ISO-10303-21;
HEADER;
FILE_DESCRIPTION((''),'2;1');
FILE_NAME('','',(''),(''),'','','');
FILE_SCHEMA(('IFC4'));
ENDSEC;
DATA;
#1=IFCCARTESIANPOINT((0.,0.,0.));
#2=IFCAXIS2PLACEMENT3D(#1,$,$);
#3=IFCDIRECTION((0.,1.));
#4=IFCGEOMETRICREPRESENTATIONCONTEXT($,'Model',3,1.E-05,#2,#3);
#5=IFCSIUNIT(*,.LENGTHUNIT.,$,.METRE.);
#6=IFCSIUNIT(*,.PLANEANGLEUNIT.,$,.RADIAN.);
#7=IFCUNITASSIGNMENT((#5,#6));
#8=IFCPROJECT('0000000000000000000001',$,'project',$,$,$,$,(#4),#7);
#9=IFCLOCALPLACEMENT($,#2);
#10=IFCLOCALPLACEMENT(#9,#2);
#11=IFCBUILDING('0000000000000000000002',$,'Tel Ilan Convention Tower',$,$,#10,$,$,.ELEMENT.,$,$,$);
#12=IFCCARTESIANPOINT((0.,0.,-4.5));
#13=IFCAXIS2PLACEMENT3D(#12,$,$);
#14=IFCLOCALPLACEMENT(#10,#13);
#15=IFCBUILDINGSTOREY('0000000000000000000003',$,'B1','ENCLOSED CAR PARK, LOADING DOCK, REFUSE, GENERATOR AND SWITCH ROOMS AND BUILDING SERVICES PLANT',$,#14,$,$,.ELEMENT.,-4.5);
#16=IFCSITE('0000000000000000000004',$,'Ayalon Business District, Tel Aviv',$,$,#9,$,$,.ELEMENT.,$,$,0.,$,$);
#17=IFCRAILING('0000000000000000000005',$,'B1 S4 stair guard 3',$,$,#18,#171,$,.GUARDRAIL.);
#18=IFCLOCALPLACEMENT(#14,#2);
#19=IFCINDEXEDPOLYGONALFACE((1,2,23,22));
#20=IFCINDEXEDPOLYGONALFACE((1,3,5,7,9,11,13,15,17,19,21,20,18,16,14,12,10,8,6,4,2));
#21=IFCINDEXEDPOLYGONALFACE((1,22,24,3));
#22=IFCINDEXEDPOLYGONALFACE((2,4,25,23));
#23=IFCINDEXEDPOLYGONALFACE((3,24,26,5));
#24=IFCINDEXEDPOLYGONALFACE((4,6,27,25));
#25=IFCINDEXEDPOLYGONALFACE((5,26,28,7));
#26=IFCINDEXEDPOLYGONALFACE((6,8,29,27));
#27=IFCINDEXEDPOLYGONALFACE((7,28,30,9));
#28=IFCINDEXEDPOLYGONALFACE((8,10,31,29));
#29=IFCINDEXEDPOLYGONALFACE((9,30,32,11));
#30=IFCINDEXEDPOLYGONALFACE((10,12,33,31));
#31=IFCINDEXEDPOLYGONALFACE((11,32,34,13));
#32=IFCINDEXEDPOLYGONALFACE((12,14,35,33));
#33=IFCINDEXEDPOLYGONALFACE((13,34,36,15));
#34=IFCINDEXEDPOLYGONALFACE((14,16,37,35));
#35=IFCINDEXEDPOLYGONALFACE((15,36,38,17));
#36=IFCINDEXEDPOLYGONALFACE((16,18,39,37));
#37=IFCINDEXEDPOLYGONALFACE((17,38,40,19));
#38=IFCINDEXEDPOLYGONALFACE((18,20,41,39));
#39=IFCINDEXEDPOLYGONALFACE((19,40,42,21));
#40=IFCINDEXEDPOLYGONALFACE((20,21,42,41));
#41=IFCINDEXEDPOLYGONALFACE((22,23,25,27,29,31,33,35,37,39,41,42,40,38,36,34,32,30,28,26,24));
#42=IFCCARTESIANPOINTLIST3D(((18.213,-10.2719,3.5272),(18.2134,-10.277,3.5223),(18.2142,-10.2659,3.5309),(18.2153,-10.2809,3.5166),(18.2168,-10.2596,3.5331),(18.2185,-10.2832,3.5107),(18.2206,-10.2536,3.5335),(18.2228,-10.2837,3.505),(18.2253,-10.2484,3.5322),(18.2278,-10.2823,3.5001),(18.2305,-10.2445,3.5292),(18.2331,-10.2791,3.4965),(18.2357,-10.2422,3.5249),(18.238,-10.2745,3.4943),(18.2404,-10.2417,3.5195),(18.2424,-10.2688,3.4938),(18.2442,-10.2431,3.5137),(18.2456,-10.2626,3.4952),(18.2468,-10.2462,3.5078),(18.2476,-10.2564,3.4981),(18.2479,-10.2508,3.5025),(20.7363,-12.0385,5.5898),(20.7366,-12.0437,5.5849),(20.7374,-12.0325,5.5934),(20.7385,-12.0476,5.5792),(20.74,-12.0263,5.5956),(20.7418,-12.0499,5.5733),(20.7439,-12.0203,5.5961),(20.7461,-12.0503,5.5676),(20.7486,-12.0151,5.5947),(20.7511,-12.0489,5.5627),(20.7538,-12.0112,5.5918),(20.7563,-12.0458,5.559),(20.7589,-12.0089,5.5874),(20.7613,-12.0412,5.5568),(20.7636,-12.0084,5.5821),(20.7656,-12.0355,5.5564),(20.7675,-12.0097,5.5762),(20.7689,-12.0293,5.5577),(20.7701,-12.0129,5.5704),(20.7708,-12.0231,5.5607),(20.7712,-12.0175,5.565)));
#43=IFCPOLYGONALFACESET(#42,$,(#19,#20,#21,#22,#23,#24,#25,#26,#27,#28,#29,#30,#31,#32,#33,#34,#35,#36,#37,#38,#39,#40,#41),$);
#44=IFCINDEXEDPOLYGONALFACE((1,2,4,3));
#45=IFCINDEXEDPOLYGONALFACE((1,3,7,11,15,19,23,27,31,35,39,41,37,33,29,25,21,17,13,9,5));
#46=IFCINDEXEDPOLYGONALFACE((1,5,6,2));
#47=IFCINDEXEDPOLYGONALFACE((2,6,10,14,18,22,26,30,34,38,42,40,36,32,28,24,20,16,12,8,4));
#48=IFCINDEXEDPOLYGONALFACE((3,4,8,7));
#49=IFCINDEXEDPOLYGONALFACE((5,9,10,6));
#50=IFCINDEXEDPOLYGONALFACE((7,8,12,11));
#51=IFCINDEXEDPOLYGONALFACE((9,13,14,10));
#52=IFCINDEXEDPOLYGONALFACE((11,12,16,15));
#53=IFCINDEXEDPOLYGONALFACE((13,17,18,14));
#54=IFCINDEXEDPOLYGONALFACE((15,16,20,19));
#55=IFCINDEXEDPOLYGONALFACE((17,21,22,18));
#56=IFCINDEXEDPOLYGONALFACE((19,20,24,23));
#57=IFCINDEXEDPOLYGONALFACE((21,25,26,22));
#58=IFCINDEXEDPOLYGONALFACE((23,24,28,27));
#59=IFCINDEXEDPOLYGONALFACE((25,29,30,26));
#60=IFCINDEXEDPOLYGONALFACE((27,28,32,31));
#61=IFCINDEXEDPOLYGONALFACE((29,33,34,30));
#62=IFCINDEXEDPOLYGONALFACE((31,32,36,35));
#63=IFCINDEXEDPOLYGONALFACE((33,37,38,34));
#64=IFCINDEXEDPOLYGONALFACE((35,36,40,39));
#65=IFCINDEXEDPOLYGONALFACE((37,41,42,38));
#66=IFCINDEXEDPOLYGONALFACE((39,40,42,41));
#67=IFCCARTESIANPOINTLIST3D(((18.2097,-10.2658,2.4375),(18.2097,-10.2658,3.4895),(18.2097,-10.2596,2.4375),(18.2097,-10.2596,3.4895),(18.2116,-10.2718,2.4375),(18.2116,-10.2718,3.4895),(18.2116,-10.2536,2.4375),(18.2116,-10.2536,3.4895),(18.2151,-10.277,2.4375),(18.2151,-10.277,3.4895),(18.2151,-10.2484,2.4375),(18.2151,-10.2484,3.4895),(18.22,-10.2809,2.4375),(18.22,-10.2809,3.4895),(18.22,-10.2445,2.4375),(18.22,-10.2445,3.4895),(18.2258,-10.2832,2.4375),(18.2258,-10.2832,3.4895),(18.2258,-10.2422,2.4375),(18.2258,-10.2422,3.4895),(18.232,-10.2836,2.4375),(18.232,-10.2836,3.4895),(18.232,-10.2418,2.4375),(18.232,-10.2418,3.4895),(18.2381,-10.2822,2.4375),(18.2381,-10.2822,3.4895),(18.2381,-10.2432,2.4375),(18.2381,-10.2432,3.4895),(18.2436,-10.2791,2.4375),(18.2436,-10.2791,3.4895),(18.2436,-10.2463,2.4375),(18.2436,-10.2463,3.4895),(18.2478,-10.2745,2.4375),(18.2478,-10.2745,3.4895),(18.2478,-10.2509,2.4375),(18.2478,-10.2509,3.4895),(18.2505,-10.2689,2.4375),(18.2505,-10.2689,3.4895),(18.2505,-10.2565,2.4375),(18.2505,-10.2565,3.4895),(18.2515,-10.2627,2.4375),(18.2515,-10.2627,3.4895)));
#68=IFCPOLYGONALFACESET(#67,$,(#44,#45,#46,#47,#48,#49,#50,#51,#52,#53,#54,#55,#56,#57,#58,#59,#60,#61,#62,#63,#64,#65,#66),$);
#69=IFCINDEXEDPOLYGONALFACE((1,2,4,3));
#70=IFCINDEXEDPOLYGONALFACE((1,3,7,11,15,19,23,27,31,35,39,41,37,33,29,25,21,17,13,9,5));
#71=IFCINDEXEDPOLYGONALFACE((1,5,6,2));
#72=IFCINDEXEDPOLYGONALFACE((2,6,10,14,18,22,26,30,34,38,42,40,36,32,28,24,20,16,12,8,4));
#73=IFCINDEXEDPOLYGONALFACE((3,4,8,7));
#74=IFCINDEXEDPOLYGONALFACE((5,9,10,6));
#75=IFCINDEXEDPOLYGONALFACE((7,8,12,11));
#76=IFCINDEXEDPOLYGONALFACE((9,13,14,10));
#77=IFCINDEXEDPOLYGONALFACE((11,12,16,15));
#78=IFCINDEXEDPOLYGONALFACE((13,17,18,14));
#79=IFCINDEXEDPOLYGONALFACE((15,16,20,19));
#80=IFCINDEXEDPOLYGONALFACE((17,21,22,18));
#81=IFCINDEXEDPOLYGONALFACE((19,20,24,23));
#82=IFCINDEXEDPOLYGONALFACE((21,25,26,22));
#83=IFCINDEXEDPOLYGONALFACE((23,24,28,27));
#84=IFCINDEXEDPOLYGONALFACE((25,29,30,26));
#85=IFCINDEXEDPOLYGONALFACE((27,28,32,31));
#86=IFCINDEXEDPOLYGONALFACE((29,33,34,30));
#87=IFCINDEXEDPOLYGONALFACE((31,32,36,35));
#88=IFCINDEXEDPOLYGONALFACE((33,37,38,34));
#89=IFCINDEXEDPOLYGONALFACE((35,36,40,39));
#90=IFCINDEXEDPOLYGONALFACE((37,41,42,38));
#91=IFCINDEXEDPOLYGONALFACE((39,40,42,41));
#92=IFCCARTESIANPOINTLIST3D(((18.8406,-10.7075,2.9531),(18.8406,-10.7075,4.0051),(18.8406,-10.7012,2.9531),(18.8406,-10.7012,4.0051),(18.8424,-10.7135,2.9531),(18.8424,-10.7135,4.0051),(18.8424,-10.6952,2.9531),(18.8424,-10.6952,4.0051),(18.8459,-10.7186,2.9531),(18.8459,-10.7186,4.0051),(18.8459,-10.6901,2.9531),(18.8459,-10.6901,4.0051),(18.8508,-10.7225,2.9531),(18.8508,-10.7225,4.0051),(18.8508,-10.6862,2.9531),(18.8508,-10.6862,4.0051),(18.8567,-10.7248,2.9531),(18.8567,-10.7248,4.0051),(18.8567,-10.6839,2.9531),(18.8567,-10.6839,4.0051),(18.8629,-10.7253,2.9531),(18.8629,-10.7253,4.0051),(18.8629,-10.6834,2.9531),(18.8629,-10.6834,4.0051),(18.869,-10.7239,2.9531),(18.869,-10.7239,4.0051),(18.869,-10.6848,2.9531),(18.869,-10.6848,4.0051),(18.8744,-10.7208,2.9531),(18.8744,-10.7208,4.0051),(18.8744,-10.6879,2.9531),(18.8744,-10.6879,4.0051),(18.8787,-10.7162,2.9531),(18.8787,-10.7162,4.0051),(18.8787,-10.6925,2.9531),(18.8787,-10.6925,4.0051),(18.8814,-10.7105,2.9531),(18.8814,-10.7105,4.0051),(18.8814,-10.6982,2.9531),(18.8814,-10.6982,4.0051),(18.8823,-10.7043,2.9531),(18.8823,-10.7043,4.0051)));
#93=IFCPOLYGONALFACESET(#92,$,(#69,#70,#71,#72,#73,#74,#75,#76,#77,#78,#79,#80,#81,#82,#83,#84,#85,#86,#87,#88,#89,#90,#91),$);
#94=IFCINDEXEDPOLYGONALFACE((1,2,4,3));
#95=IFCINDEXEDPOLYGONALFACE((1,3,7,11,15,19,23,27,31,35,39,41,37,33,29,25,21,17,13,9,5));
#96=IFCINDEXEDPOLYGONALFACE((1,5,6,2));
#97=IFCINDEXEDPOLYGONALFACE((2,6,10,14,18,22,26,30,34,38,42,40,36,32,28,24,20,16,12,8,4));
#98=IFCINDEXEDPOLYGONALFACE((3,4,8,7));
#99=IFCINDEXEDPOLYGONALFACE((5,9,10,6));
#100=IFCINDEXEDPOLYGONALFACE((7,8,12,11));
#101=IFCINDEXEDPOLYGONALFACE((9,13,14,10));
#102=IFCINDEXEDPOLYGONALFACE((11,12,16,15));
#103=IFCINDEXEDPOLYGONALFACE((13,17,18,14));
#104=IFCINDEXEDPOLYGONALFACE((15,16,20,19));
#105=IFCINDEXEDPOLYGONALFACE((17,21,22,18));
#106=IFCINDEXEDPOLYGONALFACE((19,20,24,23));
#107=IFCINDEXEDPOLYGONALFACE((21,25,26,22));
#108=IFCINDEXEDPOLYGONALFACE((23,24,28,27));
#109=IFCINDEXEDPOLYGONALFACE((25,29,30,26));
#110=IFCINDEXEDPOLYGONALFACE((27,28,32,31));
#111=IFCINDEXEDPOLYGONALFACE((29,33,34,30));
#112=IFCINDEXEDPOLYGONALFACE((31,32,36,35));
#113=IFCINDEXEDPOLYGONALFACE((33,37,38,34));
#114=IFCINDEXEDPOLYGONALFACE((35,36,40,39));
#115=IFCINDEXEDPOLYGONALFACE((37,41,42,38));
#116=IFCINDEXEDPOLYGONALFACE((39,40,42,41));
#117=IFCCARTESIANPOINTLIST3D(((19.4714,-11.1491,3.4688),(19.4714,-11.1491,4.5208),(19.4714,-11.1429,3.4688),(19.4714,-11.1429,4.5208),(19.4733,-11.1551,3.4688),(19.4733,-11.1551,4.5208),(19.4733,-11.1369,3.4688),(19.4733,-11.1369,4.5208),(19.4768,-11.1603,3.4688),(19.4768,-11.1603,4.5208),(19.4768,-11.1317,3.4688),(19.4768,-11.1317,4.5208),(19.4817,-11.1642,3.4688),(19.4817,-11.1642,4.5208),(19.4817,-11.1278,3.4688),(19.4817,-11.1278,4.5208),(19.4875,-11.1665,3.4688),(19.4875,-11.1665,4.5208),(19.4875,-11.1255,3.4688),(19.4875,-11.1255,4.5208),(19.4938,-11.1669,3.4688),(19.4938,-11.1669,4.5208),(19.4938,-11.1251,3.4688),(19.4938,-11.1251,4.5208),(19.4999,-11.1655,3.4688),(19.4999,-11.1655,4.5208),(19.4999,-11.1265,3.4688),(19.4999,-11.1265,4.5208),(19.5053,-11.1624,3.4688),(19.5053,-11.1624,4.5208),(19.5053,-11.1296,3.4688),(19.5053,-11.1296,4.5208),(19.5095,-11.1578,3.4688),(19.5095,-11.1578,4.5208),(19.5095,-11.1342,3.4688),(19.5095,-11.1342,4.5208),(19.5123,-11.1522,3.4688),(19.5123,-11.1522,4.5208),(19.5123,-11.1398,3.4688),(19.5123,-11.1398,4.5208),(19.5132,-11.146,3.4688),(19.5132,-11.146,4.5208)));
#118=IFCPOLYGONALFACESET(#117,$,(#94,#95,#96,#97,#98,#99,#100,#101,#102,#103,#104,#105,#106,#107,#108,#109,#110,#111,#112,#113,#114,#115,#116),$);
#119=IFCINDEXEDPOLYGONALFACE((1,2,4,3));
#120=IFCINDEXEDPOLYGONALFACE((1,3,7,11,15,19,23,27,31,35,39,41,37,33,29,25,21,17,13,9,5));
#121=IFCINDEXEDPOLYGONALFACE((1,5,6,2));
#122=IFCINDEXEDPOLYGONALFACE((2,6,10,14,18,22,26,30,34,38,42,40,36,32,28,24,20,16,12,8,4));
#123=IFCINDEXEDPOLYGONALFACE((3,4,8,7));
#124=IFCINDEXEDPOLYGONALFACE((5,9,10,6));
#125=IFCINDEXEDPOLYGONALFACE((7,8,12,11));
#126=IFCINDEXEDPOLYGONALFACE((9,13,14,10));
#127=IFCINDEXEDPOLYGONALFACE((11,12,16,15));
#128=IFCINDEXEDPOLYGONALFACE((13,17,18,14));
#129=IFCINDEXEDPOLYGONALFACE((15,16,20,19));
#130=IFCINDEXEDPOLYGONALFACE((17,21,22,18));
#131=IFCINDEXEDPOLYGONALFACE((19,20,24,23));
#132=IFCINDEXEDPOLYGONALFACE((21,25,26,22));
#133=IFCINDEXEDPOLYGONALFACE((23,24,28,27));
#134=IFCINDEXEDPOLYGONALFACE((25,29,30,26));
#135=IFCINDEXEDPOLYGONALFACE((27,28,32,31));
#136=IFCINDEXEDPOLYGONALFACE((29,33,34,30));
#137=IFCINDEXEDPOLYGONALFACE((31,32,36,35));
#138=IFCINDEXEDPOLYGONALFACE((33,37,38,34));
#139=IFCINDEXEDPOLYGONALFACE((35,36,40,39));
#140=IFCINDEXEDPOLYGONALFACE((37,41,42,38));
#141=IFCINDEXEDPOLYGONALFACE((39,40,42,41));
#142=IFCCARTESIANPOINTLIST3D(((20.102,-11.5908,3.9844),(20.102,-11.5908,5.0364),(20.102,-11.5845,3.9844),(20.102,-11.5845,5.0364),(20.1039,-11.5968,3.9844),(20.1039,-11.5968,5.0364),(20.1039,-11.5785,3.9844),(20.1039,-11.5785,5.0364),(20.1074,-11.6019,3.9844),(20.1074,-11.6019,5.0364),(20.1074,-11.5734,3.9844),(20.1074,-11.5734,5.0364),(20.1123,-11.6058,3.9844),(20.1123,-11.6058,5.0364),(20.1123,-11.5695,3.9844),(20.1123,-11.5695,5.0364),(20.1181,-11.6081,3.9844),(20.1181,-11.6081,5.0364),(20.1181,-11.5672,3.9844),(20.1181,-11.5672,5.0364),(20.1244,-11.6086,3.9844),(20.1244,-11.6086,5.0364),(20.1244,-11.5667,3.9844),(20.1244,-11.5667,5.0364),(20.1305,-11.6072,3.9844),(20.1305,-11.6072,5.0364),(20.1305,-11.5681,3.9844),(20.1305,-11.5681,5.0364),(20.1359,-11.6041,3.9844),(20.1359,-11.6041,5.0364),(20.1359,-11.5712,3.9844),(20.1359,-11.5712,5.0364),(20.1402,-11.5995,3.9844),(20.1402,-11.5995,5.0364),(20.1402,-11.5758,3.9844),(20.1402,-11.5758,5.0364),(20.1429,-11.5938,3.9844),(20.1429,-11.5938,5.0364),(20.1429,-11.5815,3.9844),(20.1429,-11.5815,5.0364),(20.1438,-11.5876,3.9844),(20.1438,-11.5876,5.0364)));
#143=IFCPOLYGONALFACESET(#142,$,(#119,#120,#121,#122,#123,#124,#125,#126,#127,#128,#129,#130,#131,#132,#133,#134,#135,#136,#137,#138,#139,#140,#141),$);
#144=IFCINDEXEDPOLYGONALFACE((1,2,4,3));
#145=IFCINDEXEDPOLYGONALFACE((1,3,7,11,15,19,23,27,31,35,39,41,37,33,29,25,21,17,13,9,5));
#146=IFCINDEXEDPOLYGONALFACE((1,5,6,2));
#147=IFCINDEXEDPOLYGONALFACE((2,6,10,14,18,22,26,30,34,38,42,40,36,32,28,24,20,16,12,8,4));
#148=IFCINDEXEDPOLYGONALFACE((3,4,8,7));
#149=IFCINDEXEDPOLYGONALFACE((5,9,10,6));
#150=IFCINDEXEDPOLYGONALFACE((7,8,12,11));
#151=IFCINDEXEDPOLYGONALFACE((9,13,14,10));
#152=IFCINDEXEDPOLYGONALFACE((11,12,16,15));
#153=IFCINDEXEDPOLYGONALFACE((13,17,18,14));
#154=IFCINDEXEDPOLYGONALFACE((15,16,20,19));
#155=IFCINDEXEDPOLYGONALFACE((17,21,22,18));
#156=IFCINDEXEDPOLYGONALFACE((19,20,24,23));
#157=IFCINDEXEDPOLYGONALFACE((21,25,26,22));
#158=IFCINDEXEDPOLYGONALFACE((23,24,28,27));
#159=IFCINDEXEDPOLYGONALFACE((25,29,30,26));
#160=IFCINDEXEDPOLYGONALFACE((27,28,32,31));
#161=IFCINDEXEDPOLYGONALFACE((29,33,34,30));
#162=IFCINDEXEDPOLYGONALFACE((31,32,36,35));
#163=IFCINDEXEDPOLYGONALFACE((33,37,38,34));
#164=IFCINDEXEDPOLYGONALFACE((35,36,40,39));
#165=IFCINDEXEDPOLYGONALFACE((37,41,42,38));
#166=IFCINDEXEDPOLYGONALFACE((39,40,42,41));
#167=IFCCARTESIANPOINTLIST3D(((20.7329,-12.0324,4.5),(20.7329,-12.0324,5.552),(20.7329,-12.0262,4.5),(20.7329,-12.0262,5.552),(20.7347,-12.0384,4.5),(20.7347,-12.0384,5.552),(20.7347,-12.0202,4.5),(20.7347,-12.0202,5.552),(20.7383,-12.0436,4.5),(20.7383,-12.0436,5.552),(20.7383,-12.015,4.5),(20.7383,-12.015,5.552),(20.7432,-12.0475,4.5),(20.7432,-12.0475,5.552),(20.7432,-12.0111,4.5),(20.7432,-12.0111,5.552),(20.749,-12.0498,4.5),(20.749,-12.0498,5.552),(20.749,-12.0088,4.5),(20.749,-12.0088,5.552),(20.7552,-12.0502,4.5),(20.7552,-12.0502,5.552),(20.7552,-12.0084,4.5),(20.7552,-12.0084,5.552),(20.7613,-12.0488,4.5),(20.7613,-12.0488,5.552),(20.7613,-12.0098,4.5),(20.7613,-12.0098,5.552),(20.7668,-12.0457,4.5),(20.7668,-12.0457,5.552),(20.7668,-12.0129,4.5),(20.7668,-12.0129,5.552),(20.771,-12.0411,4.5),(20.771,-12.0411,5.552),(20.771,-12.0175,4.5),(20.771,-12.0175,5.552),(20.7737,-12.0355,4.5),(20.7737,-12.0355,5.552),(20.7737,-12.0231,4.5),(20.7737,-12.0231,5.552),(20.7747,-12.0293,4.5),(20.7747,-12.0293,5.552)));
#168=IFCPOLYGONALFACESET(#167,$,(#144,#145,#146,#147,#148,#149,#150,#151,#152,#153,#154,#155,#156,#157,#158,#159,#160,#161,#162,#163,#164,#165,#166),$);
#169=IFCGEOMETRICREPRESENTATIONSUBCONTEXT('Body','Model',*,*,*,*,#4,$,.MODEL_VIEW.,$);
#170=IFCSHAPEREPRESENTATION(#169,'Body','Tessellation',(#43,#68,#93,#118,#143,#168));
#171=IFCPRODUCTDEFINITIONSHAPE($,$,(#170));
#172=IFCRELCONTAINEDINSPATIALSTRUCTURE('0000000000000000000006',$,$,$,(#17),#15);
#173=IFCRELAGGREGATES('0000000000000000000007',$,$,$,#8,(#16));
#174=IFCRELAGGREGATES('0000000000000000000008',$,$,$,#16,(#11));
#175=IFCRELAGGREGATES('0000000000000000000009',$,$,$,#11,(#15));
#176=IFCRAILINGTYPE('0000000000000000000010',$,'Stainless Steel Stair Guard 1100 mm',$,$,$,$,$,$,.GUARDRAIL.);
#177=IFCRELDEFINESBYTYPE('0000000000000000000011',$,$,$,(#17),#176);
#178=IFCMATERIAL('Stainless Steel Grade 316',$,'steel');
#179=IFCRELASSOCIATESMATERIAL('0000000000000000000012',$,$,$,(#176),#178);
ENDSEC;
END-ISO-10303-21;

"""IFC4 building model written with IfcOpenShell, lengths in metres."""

from ifc_helpers import new_model, si_unit, direction, frame, origin, origin_2d, place, context, subcontext, project, spatial, circle, extrude, material, type_object, element, save


model = new_model("IFC4")

# Units and contexts
model_context = context("Model", 3, precision=1e-05, world=origin(), true_north=direction((0.0, 1.0)))
body_context = subcontext(model_context, "Body", "Model", "MODEL_VIEW")
ifc_project = project(units=[si_unit("LENGTHUNIT", "METRE"), si_unit("PLANEANGLEUNIT", "RADIAN")], contexts=[model_context])

# Site, building, storey
site_placement = place(None, origin())
site = spatial("IfcSite", under=ifc_project, at=site_placement, Name="Ayalon Business District, Tel Aviv", CompositionType="ELEMENT", RefElevation=0.0)
building_placement = place(site_placement, origin())
building = spatial("IfcBuilding", under=site, at=building_placement, Name="Tel Ilan Convention Tower", CompositionType="ELEMENT")
storey_placement = place(building_placement, frame((0.0, 0.0, -4.5)))
storey = spatial("IfcBuildingStorey", under=building, at=storey_placement, Name="B1", Description="ENCLOSED CAR PARK, LOADING DOCK, REFUSE, GENERATOR AND SWITCH ROOMS AND BUILDING SERVICES PLANT", CompositionType="ELEMENT", Elevation=-4.5)

# Railing
ifc_material_1 = material(Name="Stainless Steel Grade 316", Category="steel")
railing_type_1 = type_object("IfcRailingType", Name="Stainless Steel Stair Guard 1100 mm", PredefinedType="GUARDRAIL", material=ifc_material_1)
railing_1_placement = place(storey_placement, frame((18.2305, -10.2627, 2.4375)))
element("IfcRailing", 1, at=railing_1_placement, inside=storey, type_object=railing_type_1, Name="B1 S4 stair guard 3", PredefinedType="GUARDRAIL", context=body_context, shape_type="SweptSolid", body=[
    extrude(circle(Radius=0.0239, at=origin_2d()), frame((0.0, 0.0, 1.0762), z_axis=(0.68067, -0.476568, 0.556391), x_axis=(0.573542, 0.819176, 0.0)), (0.0, 0.0, 1.0), 3.707),
    extrude(circle(Radius=0.021, at=origin_2d()), origin(), (0.0, 0.0, 1.0), 1.052),
    extrude(circle(Radius=0.021, at=origin_2d()), frame((0.6309, -0.4417, 0.5156)), (0.0, 0.0, 1.0), 1.052),
    extrude(circle(Radius=0.021, at=origin_2d()), frame((1.2617, -0.8833, 1.0312)), (0.0, 0.0, 1.0), 1.052),
    extrude(circle(Radius=0.021, at=origin_2d()), frame((1.8923, -1.325, 1.5469)), (0.0, 0.0, 1.0), 1.052),
    extrude(circle(Radius=0.021, at=origin_2d()), frame((2.5232, -1.7666, 2.0625)), (0.0, 0.0, 1.0), 1.052),
])

save(model, "model.ifc")
